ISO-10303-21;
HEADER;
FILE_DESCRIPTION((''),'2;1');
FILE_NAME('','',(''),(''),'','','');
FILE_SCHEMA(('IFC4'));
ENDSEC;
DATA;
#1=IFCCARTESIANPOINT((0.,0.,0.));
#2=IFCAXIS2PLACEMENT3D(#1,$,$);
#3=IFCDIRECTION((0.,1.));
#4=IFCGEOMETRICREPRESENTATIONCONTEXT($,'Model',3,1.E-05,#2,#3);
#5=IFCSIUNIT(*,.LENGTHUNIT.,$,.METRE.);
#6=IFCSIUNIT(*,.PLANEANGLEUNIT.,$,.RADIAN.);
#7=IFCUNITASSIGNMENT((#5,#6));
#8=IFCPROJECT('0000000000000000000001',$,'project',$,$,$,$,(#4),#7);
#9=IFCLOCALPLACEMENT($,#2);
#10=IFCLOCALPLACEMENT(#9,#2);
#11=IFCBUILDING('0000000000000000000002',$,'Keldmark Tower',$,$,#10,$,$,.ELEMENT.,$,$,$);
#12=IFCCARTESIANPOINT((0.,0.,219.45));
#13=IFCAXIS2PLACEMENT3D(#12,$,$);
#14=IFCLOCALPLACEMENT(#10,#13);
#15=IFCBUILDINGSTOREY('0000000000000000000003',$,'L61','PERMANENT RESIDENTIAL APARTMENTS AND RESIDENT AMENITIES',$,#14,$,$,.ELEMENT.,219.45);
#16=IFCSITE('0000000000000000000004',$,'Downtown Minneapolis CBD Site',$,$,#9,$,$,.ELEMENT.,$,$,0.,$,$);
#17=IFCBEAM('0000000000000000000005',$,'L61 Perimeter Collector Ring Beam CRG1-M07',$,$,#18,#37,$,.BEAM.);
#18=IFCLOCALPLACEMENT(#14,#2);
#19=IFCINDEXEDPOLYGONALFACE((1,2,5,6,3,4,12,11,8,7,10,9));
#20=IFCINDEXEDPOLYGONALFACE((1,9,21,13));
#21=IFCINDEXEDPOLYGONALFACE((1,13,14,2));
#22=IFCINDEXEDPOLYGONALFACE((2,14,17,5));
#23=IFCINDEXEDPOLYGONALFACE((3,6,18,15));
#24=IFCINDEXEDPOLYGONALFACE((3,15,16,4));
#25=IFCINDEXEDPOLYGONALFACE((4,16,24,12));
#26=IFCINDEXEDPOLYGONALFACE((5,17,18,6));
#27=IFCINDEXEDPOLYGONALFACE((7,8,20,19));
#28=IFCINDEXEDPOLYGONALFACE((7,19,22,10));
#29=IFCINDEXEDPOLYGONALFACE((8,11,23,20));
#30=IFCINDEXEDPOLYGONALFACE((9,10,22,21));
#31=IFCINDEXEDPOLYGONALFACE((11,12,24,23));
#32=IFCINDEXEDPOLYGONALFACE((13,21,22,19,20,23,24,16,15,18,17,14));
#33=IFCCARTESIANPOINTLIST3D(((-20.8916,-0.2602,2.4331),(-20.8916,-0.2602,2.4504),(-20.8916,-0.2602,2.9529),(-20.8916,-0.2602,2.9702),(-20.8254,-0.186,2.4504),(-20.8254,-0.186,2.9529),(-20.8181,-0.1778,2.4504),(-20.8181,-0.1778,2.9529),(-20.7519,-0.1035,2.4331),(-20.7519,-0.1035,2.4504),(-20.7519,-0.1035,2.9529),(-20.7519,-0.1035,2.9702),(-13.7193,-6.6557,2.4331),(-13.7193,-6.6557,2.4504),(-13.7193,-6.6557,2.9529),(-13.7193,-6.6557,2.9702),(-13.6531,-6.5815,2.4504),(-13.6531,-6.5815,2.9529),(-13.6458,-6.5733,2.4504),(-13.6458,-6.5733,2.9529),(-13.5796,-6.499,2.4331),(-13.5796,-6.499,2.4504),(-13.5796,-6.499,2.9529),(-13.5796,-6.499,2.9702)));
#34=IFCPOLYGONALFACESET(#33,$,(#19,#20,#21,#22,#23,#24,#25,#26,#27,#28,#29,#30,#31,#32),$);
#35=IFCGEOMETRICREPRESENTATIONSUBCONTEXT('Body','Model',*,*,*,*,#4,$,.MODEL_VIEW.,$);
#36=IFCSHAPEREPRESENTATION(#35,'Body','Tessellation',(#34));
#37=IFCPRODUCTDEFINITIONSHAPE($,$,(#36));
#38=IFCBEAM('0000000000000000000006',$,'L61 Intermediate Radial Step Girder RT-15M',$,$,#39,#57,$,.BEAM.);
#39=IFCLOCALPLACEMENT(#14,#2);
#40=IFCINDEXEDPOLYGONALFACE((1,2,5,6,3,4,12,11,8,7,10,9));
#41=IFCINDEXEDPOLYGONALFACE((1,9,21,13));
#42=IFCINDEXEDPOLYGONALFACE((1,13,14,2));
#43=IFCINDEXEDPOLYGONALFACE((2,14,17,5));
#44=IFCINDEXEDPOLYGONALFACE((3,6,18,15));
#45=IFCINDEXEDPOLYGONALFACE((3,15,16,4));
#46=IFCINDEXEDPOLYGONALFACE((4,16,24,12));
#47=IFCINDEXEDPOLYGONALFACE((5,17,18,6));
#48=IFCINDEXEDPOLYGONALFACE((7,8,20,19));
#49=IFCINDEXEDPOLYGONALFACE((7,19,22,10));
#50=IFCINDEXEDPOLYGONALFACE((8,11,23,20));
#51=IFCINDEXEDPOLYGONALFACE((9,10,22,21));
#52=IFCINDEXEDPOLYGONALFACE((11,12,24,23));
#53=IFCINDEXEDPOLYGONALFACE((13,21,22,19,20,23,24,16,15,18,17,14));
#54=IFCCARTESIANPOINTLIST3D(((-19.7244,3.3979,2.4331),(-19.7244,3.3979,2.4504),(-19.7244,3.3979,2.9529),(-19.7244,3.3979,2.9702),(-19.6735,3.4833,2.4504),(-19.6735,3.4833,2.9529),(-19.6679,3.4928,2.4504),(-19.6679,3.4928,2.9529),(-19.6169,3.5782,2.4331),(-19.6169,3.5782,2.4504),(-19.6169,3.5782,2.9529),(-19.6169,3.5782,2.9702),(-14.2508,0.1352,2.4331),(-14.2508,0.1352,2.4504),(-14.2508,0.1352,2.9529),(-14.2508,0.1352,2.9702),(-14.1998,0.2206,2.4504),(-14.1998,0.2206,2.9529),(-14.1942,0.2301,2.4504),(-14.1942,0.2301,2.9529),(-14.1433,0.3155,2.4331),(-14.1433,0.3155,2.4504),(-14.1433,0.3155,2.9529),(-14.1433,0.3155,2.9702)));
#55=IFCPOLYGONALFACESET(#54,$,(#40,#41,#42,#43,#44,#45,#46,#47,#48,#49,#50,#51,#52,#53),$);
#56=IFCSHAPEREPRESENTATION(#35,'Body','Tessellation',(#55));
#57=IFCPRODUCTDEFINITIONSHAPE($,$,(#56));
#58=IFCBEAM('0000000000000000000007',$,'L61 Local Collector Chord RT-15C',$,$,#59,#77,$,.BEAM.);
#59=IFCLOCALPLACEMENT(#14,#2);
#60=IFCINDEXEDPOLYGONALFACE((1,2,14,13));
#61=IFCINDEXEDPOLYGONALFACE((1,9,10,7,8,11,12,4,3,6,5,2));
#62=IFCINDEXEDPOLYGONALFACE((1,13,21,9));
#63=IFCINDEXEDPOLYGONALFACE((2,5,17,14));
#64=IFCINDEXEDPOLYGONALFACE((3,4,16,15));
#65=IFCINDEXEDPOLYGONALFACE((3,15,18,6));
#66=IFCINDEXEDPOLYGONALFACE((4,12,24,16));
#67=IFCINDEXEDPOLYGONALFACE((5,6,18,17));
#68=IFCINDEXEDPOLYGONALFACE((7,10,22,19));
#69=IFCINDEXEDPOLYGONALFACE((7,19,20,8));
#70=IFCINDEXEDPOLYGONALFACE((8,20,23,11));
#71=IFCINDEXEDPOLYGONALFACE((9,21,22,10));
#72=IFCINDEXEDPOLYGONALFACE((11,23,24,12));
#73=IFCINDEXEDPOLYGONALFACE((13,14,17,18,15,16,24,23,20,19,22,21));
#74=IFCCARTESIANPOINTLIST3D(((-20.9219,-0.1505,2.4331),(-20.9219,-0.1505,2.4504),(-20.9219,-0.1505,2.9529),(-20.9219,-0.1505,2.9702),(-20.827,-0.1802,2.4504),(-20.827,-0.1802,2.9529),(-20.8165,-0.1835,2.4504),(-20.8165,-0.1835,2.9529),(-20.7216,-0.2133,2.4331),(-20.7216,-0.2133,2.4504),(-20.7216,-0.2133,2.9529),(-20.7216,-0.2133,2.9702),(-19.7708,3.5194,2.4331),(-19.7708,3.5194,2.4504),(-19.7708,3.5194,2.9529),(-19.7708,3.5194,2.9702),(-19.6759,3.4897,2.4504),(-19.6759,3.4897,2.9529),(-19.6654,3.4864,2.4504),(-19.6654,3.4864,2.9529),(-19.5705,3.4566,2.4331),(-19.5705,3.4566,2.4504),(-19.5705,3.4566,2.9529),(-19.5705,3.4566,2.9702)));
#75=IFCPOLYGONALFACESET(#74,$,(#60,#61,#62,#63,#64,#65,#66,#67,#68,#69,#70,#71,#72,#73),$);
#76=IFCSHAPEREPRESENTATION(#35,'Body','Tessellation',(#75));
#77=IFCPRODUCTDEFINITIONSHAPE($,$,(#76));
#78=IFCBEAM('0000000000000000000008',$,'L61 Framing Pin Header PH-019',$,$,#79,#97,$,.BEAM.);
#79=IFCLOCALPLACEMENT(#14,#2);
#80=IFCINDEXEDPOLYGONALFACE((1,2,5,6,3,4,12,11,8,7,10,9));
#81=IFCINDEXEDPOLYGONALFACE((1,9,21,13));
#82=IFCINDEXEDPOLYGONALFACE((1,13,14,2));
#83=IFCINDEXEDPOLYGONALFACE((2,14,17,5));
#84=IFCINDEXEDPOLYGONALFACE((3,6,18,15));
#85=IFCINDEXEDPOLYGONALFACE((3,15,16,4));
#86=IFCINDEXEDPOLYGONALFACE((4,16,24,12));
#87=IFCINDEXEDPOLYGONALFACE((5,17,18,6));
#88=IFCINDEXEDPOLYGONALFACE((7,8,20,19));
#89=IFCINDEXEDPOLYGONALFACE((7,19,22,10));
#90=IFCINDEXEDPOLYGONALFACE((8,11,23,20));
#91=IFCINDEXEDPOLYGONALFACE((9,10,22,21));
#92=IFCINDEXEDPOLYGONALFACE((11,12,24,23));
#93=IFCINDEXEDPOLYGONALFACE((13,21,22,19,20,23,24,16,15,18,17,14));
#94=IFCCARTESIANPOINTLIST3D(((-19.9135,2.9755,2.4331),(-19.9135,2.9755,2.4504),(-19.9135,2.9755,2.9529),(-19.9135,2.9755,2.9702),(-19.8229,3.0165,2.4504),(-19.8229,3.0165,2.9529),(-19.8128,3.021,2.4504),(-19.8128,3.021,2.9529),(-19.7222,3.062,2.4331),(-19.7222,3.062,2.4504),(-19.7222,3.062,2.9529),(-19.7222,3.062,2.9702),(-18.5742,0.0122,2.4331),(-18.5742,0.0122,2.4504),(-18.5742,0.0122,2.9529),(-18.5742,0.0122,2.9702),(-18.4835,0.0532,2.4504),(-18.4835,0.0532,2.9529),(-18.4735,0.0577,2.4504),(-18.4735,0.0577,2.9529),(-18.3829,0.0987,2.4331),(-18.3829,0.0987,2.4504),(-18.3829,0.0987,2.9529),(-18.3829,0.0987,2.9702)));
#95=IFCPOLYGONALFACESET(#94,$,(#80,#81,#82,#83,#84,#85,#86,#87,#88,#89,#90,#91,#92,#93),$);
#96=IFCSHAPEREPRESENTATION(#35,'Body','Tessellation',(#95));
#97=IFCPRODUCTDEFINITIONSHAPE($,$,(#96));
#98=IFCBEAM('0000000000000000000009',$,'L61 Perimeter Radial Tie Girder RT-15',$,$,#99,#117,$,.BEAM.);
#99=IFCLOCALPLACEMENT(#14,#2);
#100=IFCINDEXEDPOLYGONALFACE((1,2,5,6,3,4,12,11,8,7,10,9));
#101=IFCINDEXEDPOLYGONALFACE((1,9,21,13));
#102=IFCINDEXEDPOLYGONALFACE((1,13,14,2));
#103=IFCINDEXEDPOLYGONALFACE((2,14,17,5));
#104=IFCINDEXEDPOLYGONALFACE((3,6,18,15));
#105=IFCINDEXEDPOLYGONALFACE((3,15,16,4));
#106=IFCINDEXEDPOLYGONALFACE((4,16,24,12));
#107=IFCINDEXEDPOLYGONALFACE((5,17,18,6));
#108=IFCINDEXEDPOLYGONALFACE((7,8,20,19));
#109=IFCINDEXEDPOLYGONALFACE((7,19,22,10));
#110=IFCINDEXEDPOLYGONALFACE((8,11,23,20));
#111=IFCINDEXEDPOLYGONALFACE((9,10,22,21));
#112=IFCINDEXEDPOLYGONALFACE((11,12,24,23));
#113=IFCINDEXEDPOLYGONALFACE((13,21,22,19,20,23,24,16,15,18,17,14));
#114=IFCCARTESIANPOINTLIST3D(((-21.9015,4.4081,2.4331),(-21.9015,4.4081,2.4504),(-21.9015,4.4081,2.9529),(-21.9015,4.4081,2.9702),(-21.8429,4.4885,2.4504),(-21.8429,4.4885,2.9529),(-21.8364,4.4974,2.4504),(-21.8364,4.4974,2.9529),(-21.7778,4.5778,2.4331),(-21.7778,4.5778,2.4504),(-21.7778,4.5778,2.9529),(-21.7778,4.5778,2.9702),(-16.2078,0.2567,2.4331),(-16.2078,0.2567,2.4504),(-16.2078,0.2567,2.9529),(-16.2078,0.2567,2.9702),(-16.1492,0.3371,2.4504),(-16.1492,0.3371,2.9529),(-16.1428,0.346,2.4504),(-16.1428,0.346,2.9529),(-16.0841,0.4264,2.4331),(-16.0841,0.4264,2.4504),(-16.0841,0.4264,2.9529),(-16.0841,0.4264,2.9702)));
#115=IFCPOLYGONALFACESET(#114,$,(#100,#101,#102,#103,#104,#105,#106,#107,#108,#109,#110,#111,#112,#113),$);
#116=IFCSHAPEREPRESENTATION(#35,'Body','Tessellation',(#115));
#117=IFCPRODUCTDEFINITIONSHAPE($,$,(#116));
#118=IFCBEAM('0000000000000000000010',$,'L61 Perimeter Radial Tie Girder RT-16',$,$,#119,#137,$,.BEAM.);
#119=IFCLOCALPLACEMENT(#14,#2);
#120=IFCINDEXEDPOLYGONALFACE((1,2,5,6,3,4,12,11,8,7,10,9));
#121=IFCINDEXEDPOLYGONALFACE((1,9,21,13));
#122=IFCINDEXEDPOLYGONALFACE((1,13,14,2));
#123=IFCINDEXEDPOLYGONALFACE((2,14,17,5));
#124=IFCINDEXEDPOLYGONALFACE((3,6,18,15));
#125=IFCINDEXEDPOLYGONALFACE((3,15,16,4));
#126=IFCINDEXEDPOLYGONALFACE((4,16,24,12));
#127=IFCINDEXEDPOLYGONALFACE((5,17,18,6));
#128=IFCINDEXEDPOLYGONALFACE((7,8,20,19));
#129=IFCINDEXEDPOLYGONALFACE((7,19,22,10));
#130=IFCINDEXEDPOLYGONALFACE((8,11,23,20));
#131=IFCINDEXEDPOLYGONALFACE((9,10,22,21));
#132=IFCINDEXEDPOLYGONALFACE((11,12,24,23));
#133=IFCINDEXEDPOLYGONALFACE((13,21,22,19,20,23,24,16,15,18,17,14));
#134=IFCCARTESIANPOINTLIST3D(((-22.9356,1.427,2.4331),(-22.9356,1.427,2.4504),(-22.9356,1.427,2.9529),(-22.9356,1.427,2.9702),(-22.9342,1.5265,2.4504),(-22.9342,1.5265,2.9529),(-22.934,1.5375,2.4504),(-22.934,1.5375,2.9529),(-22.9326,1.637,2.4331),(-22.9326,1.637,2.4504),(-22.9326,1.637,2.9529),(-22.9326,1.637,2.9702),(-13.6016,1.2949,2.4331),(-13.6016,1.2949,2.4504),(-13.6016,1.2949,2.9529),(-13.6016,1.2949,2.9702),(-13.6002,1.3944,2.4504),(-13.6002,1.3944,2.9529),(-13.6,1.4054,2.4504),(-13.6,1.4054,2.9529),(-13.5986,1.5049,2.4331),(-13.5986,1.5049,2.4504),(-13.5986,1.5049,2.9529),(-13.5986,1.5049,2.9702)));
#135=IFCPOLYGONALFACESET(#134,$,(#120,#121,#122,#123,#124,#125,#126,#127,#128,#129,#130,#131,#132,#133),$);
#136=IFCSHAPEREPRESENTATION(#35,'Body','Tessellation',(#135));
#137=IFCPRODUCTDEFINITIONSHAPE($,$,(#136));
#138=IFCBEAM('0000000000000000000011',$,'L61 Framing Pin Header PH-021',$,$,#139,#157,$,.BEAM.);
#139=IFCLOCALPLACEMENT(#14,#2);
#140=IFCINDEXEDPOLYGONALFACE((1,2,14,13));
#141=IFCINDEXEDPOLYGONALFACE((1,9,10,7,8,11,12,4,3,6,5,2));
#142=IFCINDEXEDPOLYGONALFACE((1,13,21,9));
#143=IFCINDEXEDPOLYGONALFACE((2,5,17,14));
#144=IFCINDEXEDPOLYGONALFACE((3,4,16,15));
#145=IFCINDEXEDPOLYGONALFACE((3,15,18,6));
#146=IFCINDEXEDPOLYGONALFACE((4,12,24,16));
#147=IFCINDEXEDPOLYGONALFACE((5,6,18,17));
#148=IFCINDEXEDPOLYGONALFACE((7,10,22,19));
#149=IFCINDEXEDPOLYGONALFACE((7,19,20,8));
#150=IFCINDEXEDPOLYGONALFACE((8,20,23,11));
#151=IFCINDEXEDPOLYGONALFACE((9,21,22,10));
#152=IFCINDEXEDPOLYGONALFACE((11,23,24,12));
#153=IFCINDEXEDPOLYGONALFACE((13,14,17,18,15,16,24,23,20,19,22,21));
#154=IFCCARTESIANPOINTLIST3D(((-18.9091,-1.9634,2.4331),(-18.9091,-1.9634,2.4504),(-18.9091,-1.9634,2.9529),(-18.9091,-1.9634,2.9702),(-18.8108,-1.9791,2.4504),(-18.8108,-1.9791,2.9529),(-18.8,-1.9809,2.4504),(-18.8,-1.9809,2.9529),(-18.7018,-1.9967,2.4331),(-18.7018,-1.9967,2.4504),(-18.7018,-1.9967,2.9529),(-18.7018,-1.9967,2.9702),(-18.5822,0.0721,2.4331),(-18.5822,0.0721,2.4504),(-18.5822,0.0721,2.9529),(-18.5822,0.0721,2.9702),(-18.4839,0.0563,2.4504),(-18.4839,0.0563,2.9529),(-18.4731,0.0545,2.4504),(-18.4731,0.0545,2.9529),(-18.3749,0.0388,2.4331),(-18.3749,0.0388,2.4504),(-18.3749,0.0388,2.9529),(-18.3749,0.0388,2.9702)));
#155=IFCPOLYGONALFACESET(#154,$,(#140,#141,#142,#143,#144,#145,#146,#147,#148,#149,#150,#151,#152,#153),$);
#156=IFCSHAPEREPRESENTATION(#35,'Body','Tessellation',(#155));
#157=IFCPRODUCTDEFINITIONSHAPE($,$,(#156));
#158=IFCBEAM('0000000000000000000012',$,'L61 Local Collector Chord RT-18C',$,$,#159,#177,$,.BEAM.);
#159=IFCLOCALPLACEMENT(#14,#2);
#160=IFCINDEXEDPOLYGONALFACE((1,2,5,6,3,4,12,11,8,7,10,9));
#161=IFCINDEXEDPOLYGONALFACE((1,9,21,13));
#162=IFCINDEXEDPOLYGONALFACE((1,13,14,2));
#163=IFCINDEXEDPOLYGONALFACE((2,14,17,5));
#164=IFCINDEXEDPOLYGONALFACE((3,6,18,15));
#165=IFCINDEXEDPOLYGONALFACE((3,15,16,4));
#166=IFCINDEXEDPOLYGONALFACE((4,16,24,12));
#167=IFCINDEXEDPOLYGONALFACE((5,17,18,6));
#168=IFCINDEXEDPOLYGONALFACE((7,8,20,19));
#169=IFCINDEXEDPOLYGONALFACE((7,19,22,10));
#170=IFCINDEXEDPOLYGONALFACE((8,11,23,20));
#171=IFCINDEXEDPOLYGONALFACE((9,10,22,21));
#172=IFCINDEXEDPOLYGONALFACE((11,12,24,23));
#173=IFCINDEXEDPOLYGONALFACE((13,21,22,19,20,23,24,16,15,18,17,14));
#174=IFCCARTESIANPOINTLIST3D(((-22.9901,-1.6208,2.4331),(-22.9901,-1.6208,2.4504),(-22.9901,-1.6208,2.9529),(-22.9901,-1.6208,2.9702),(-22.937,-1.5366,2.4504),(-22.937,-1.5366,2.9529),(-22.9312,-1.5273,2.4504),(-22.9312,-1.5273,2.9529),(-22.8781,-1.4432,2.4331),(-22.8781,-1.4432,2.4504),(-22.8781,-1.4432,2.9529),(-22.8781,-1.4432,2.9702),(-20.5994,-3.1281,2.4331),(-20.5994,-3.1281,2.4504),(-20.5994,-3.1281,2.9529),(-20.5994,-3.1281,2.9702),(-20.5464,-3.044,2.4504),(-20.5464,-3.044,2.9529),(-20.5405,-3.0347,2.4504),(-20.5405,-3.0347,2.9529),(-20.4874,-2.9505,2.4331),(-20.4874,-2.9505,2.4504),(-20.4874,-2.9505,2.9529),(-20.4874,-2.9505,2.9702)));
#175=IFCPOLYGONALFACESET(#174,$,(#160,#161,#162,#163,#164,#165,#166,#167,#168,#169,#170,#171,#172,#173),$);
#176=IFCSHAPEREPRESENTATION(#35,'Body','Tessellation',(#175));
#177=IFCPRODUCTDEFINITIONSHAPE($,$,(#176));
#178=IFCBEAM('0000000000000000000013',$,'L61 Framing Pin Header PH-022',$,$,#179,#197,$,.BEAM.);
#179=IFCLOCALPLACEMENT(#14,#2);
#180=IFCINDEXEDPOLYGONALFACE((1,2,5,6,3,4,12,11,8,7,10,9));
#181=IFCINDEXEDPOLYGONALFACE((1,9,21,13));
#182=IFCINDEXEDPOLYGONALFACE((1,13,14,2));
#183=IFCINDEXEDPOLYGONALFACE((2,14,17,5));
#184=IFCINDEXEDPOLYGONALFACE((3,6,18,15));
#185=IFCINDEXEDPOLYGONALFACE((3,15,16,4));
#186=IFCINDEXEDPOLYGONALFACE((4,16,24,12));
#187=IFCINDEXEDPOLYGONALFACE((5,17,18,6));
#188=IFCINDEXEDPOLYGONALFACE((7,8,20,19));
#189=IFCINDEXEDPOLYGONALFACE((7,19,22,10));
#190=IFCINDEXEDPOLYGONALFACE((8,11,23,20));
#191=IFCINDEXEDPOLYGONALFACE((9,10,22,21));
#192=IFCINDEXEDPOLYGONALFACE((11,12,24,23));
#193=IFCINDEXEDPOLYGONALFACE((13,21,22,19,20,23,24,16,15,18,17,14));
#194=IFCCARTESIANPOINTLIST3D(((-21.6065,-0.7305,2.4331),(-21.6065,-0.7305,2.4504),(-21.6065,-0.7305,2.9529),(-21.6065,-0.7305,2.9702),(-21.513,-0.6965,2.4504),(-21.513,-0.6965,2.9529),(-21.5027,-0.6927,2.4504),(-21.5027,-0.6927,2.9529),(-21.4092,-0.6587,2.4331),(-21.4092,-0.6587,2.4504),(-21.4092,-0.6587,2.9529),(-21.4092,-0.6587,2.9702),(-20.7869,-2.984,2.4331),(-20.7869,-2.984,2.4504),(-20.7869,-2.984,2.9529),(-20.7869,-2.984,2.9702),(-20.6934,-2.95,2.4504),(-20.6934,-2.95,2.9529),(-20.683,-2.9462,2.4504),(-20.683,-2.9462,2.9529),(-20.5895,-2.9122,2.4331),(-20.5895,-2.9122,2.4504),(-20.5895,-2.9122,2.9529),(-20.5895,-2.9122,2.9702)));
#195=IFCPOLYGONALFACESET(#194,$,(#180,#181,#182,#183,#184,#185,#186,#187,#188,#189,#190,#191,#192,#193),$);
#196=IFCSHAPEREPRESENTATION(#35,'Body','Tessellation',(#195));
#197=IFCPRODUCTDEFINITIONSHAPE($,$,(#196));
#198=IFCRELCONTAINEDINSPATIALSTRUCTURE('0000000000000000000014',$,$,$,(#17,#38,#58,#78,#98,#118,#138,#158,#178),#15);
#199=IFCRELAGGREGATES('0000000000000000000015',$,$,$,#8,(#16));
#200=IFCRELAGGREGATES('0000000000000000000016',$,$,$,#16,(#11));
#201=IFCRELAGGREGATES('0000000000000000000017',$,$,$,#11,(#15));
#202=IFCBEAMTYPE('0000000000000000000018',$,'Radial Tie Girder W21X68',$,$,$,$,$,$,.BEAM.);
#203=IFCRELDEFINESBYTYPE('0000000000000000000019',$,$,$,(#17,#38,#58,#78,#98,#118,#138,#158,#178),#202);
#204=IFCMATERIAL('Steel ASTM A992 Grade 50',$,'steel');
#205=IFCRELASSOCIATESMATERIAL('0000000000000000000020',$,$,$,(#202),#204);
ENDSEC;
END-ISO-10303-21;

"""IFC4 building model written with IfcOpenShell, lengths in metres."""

from ifc_helpers import new_model, si_unit, direction, frame, origin, origin_2d, place, context, subcontext, project, spatial, i_section, extrude, material, material_profile, profile_set, type_object, element, save


model = new_model("IFC4")

# Units and contexts
model_context = context("Model", 3, precision=1e-05, world=origin(), true_north=direction((0.0, 1.0)))
body_context = subcontext(model_context, "Body", "Model", "MODEL_VIEW")
ifc_project = project(units=[si_unit("LENGTHUNIT", "METRE"), si_unit("PLANEANGLEUNIT", "RADIAN")], contexts=[model_context])

# Site, building, storey
site_placement = place(None, origin())
site = spatial("IfcSite", under=ifc_project, at=site_placement, Name="Downtown Minneapolis CBD Site", CompositionType="ELEMENT", RefElevation=0.0)
building_placement = place(site_placement, origin())
building = spatial("IfcBuilding", under=site, at=building_placement, Name="Keldmark Tower", CompositionType="ELEMENT")
storey_placement = place(building_placement, frame((0.0, 0.0, 219.45)))
storey = spatial("IfcBuildingStorey", under=building, at=storey_placement, Name="L61", Description="PERMANENT RESIDENTIAL APARTMENTS AND RESIDENT AMENITIES", CompositionType="ELEMENT", Elevation=219.45)

# Beams
ifc_material_1 = material(Name="Steel ASTM A992 Grade 50", Category="steel")
ifc_material_profile_1 = material_profile(ifc_material_1, i_section(OverallWidth=0.21, OverallDepth=0.5371, WebThickness=0.011, FlangeThickness=0.0173, at=origin_2d()), Name="W21X68")
ifc_profile_set_1 = profile_set([ifc_material_profile_1], Name="Steel ASTM A992 Grade 50")
beam_type_1 = type_object("IfcBeamType", Name="Radial Tie Girder W21X68", PredefinedType="BEAM", material=ifc_profile_set_1)
beam_1_placement = place(storey_placement, frame((-20.8218, -0.1819, 2.7017), z_axis=(0.746371, -0.66553, 0.0), x_axis=(0.66553, 0.746371, 0.0)))
element("IfcBeam", 1, at=beam_1_placement, inside=storey, type_object=beam_type_1, Name="L61 Perimeter Collector Ring Beam CRG1-M07", PredefinedType="BEAM", context=body_context, shape_type="SweptSolid", body=[
    extrude(i_section(OverallWidth=0.21, OverallDepth=0.5371, WebThickness=0.011, FlangeThickness=0.0173, at=origin_2d()), origin(), (0.0, 0.0, 1.0), 9.6096),
])
beam_2_placement = place(storey_placement, frame((-14.197, 0.2253, 2.7017), z_axis=(-0.858977, 0.512015, 0.0), x_axis=(-0.512015, -0.858977, 0.0)))
element("IfcBeam", 2, at=beam_2_placement, inside=storey, type_object=beam_type_1, Name="L61 Intermediate Radial Step Girder RT-15M", PredefinedType="BEAM", context=body_context, shape_type="SweptSolid", body=[
    extrude(i_section(OverallWidth=0.21, OverallDepth=0.5371, WebThickness=0.011, FlangeThickness=0.0173, at=origin_2d()), origin(), (0.0, 0.0, 1.0), 6.3723),
])
beam_3_placement = place(storey_placement, frame((-20.8218, -0.1819, 2.7017), z_axis=(0.299287, 0.954163, 0.0), x_axis=(-0.954163, 0.299287, 0.0)))
element("IfcBeam", 3, at=beam_3_placement, inside=storey, type_object=beam_type_1, Name="L61 Local Collector Chord RT-15C", PredefinedType="BEAM", context=body_context, shape_type="SweptSolid", body=[
    extrude(i_section(OverallWidth=0.21, OverallDepth=0.5371, WebThickness=0.011, FlangeThickness=0.0173, at=origin_2d()), origin(), (0.0, 0.0, 1.0), 3.8462),
])
beam_4_placement = place(storey_placement, frame((-18.4785, 0.0554, 2.7017), z_axis=(-0.411856, 0.911249, 0.0), x_axis=(-0.911249, -0.411856, 0.0)))
element("IfcBeam", 4, at=beam_4_placement, inside=storey, type_object=beam_type_1, Name="L61 Framing Pin Header PH-019", PredefinedType="BEAM", context=body_context, shape_type="SweptSolid", body=[
    extrude(i_section(OverallWidth=0.21, OverallDepth=0.5371, WebThickness=0.011, FlangeThickness=0.0173, at=origin_2d()), origin(), (0.0, 0.0, 1.0), 3.252),
])
beam_5_placement = place(storey_placement, frame((-16.146, 0.3416, 2.7017), z_axis=(-0.808022, 0.589152, 0.0), x_axis=(-0.589152, -0.808022, 0.0)))
element("IfcBeam", 5, at=beam_5_placement, inside=storey, type_object=beam_type_1, Name="L61 Perimeter Radial Tie Girder RT-15", PredefinedType="BEAM", context=body_context, shape_type="SweptSolid", body=[
    extrude(i_section(OverallWidth=0.21, OverallDepth=0.5371, WebThickness=0.011, FlangeThickness=0.0173, at=origin_2d()), origin(), (0.0, 0.0, 1.0), 7.0464),
])
beam_6_placement = place(storey_placement, frame((-13.6001, 1.3999, 2.7017), z_axis=(-0.9999, 0.014149, 0.0), x_axis=(-0.014149, -0.9999, 0.0)))
element("IfcBeam", 6, at=beam_6_placement, inside=storey, type_object=beam_type_1, Name="L61 Perimeter Radial Tie Girder RT-16", PredefinedType="BEAM", context=body_context, shape_type="SweptSolid", body=[
    extrude(i_section(OverallWidth=0.21, OverallDepth=0.5371, WebThickness=0.011, FlangeThickness=0.0173, at=origin_2d()), origin(), (0.0, 0.0, 1.0), 9.335),
])
beam_7_placement = place(storey_placement, frame((-18.4785, 0.0554, 2.7017), z_axis=(-0.158577, -0.987347, 0.0), x_axis=(0.987347, -0.158577, 0.0)))
element("IfcBeam", 7, at=beam_7_placement, inside=storey, type_object=beam_type_1, Name="L61 Framing Pin Header PH-021", PredefinedType="BEAM", context=body_context, shape_type="SweptSolid", body=[
    extrude(i_section(OverallWidth=0.21, OverallDepth=0.5371, WebThickness=0.011, FlangeThickness=0.0173, at=origin_2d()), origin(), (0.0, 0.0, 1.0), 2.0615),
])
beam_8_placement = place(storey_placement, frame((-22.9341, -1.532, 2.7017), z_axis=(0.845895, -0.533349, 0.0), x_axis=(0.533349, 0.845895, 0.0)))
element("IfcBeam", 8, at=beam_8_placement, inside=storey, type_object=beam_type_1, Name="L61 Local Collector Chord RT-18C", PredefinedType="BEAM", context=body_context, shape_type="SweptSolid", body=[
    extrude(i_section(OverallWidth=0.21, OverallDepth=0.5371, WebThickness=0.011, FlangeThickness=0.0173, at=origin_2d()), origin(), (0.0, 0.0, 1.0), 2.8262),
])
beam_9_placement = place(storey_placement, frame((-21.5078, -0.6946, 2.7017), z_axis=(0.3418, -0.939773, 0.0), x_axis=(0.939773, 0.3418, 0.0)))
element("IfcBeam", 9, at=beam_9_placement, inside=storey, type_object=beam_type_1, Name="L61 Framing Pin Header PH-022", PredefinedType="BEAM", context=body_context, shape_type="SweptSolid", body=[
    extrude(i_section(OverallWidth=0.21, OverallDepth=0.5371, WebThickness=0.011, FlangeThickness=0.0173, at=origin_2d()), origin(), (0.0, 0.0, 1.0), 2.3979),
])

save(model, "model.ifc")
